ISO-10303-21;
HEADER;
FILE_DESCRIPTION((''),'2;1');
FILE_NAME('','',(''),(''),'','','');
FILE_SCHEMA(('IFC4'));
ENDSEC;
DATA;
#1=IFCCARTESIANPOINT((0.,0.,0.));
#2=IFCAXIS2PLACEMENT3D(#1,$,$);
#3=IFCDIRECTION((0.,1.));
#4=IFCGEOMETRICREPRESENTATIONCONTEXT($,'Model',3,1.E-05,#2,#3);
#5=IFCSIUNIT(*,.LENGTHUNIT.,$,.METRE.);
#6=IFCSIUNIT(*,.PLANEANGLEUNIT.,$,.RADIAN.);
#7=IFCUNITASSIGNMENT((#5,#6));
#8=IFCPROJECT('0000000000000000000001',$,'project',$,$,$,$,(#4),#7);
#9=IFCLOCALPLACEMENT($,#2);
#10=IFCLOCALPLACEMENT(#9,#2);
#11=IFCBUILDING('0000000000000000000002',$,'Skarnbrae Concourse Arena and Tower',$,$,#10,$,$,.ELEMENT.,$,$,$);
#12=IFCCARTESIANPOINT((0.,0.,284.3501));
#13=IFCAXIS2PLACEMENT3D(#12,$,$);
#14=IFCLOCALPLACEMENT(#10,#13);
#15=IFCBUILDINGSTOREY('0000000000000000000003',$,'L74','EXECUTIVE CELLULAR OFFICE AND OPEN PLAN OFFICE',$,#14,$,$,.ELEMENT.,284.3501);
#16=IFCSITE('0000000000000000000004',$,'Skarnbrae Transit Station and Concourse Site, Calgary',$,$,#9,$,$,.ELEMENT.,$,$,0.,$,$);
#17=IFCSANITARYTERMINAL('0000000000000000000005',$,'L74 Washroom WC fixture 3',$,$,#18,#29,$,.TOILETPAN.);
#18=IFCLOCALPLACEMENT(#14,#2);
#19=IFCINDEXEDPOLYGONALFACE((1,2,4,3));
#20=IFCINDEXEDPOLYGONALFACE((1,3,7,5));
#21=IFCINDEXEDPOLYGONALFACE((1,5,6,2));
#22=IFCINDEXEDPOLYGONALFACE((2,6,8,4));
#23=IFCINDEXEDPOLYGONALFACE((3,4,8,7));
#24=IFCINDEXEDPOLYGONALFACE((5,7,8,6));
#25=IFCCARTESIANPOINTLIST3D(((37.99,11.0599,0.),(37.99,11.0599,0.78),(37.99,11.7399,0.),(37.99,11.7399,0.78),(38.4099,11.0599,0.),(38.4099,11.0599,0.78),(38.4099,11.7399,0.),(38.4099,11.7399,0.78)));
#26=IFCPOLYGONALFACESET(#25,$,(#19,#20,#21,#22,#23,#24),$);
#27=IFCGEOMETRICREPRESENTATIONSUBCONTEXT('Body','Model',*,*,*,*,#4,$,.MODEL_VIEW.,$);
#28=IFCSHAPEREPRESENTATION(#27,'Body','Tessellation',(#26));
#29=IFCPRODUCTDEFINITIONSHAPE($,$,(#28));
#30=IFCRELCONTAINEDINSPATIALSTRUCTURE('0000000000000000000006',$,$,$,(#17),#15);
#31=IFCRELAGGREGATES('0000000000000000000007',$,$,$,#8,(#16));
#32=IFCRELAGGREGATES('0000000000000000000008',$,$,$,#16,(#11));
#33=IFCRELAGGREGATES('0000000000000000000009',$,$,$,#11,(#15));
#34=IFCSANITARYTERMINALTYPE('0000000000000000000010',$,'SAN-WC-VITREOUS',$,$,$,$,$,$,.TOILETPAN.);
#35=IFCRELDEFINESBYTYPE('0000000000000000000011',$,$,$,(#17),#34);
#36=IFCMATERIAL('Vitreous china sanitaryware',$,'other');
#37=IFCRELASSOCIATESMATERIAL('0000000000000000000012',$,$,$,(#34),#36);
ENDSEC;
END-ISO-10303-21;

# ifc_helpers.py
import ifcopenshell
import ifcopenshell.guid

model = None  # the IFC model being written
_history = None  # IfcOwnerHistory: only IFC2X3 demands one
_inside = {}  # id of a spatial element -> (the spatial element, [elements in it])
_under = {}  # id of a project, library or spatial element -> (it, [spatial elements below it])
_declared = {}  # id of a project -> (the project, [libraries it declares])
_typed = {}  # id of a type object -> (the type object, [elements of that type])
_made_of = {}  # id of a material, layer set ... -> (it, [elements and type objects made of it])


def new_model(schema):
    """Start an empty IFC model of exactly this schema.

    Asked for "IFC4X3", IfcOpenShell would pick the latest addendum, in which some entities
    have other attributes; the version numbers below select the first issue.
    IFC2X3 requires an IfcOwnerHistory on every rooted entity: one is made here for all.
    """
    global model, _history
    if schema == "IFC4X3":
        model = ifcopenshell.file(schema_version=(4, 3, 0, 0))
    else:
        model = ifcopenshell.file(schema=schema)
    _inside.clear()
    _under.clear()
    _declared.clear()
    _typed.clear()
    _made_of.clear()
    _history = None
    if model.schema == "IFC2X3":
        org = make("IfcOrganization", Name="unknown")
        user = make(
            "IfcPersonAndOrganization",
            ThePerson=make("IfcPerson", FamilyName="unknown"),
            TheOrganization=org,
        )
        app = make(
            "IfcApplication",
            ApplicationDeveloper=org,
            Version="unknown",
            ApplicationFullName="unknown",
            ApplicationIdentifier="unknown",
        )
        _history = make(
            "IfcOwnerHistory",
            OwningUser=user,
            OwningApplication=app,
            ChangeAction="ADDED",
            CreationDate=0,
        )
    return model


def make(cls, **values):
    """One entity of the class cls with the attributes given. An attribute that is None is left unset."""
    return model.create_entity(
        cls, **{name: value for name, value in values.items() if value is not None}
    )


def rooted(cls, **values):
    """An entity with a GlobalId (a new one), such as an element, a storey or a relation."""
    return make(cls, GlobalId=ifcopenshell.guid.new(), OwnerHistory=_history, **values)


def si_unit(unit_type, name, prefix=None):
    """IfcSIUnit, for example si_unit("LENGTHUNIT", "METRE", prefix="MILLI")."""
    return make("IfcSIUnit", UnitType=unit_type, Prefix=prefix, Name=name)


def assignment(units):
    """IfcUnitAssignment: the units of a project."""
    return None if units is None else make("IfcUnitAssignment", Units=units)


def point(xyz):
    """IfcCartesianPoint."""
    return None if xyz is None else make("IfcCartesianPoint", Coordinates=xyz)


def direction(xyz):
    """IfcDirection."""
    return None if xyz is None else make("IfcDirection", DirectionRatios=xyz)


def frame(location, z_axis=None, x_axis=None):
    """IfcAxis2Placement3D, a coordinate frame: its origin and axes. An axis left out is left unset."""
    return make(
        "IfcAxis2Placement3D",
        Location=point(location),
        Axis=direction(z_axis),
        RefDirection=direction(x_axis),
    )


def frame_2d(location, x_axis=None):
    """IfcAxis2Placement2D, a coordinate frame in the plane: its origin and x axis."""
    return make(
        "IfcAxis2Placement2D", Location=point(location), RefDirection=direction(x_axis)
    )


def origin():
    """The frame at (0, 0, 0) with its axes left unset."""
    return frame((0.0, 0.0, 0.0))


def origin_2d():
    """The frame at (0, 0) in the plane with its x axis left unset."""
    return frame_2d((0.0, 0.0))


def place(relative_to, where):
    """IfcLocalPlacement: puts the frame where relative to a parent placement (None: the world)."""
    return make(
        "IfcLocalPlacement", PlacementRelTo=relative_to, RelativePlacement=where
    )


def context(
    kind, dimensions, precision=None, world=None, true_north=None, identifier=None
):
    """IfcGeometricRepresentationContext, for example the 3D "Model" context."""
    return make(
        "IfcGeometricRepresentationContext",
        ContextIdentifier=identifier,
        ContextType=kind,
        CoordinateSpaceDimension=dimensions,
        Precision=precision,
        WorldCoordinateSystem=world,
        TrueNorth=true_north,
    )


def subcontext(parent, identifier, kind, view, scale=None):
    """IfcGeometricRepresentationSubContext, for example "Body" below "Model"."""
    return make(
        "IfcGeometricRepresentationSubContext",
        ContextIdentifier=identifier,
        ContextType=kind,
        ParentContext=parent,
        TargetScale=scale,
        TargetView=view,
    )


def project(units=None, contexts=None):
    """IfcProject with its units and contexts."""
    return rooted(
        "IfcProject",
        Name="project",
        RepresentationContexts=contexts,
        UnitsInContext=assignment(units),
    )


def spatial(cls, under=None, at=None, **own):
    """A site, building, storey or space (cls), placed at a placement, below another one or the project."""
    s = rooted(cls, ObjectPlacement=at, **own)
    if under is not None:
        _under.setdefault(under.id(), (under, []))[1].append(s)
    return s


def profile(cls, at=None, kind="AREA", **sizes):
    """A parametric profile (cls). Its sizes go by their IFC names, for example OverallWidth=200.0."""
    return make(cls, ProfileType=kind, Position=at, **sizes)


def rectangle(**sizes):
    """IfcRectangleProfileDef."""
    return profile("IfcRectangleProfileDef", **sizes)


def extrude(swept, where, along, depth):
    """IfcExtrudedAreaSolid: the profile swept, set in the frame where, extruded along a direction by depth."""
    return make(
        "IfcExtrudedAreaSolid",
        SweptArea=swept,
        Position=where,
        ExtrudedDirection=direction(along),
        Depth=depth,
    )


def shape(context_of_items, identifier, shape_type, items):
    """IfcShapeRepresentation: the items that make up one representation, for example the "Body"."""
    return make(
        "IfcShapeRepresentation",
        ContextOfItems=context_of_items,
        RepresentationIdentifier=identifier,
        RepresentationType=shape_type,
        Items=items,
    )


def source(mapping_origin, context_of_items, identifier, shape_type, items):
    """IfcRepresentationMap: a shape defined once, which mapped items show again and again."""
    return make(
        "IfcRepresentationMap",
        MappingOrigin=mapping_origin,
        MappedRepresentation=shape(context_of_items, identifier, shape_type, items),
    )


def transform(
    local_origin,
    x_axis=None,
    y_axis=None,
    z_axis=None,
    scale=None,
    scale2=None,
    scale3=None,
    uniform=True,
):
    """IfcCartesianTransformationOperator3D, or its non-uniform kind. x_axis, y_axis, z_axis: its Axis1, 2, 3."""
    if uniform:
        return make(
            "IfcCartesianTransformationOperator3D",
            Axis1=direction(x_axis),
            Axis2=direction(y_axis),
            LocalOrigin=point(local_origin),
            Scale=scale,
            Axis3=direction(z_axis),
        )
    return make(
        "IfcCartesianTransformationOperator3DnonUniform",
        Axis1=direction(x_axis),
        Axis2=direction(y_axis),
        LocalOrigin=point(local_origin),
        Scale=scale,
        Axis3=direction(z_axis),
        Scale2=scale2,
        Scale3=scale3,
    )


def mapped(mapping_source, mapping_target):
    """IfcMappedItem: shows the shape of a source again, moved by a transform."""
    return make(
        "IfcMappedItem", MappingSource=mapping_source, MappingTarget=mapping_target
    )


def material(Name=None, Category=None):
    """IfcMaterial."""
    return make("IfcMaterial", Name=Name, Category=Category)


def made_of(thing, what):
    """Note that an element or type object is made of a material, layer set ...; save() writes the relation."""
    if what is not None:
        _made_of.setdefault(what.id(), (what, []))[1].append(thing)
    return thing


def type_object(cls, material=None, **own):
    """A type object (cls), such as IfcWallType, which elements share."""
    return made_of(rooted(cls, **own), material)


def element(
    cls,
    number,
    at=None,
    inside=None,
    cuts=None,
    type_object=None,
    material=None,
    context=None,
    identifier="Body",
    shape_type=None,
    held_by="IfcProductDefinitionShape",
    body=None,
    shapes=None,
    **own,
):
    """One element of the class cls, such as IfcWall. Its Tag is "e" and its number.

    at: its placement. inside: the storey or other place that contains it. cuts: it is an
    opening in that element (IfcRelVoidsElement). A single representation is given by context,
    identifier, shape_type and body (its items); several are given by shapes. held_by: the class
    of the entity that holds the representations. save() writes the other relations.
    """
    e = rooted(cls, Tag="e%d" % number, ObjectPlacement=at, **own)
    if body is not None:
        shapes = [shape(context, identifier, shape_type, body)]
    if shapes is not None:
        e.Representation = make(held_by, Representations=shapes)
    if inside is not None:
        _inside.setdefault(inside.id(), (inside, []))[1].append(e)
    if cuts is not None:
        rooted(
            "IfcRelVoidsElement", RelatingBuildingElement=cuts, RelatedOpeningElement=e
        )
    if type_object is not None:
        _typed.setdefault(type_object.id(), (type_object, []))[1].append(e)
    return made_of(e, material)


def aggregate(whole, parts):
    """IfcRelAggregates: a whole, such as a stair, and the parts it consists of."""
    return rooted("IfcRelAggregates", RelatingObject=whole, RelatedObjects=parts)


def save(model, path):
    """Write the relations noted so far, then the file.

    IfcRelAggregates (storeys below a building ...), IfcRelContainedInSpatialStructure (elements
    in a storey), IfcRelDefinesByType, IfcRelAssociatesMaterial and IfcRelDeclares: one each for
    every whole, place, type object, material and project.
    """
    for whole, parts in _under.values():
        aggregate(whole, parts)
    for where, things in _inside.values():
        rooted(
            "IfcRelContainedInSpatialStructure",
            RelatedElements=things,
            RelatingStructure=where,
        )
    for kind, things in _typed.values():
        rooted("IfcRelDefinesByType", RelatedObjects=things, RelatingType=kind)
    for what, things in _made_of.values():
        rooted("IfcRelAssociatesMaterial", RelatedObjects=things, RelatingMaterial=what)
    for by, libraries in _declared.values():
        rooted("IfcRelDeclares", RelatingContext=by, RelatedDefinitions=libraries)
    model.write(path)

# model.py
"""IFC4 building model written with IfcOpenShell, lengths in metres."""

from ifc_helpers import new_model, si_unit, direction, frame, origin, origin_2d, place, context, subcontext, project, spatial, rectangle, extrude, source, transform, mapped, material, type_object, element, save


model = new_model("IFC4")

# Units and contexts
model_context = context("Model", 3, precision=1e-05, world=origin(), true_north=direction((0.0, 1.0)))
body_context = subcontext(model_context, "Body", "Model", "MODEL_VIEW")
ifc_project = project(units=[si_unit("LENGTHUNIT", "METRE"), si_unit("PLANEANGLEUNIT", "RADIAN")], contexts=[model_context])

# Site, building, storey
site_placement = place(None, origin())
site = spatial("IfcSite", under=ifc_project, at=site_placement, Name="Skarnbrae Transit Station and Concourse Site, Calgary", CompositionType="ELEMENT", RefElevation=0.0)
building_placement = place(site_placement, origin())
building = spatial("IfcBuilding", under=site, at=building_placement, Name="Skarnbrae Concourse Arena and Tower", CompositionType="ELEMENT")
storey_placement = place(building_placement, frame((0.0, 0.0, 284.3501)))
storey = spatial("IfcBuildingStorey", under=building, at=storey_placement, Name="L74", Description="EXECUTIVE CELLULAR OFFICE AND OPEN PLAN OFFICE", CompositionType="ELEMENT", Elevation=284.3501)

# Sanitary terminal
ifc_material_1 = material(Name="Vitreous china sanitaryware", Category="other")
sanitary_terminal_type = type_object("IfcSanitaryTerminalType", Name="SAN-WC-VITREOUS", PredefinedType="TOILETPAN", material=ifc_material_1)
shared_shape_1 = source(origin(), body_context, "Body", "SweptSolid", [
    extrude(rectangle(XDim=0.4199, YDim=0.6799, at=origin_2d()), origin(), (0.0, 0.0, 1.0), 0.78),
])
for number, where, z_axis, x_axis, name in (
    (1, (38.2, 11.3999, 0.0), (0.0, 0.0, 1.0), (1.0, 0.0, 0.0), "L74 Washroom WC fixture 3"),
):
    element("IfcSanitaryTerminal", number, at=place(storey_placement, frame(where, z_axis=z_axis, x_axis=x_axis)), inside=storey, type_object=sanitary_terminal_type, Name=name, PredefinedType="TOILETPAN", context=body_context, shape_type="MappedRepresentation", body=[
        mapped(shared_shape_1, transform((0.0, 0.0, 0.0))),
    ])

save(model, "model.ifc")
